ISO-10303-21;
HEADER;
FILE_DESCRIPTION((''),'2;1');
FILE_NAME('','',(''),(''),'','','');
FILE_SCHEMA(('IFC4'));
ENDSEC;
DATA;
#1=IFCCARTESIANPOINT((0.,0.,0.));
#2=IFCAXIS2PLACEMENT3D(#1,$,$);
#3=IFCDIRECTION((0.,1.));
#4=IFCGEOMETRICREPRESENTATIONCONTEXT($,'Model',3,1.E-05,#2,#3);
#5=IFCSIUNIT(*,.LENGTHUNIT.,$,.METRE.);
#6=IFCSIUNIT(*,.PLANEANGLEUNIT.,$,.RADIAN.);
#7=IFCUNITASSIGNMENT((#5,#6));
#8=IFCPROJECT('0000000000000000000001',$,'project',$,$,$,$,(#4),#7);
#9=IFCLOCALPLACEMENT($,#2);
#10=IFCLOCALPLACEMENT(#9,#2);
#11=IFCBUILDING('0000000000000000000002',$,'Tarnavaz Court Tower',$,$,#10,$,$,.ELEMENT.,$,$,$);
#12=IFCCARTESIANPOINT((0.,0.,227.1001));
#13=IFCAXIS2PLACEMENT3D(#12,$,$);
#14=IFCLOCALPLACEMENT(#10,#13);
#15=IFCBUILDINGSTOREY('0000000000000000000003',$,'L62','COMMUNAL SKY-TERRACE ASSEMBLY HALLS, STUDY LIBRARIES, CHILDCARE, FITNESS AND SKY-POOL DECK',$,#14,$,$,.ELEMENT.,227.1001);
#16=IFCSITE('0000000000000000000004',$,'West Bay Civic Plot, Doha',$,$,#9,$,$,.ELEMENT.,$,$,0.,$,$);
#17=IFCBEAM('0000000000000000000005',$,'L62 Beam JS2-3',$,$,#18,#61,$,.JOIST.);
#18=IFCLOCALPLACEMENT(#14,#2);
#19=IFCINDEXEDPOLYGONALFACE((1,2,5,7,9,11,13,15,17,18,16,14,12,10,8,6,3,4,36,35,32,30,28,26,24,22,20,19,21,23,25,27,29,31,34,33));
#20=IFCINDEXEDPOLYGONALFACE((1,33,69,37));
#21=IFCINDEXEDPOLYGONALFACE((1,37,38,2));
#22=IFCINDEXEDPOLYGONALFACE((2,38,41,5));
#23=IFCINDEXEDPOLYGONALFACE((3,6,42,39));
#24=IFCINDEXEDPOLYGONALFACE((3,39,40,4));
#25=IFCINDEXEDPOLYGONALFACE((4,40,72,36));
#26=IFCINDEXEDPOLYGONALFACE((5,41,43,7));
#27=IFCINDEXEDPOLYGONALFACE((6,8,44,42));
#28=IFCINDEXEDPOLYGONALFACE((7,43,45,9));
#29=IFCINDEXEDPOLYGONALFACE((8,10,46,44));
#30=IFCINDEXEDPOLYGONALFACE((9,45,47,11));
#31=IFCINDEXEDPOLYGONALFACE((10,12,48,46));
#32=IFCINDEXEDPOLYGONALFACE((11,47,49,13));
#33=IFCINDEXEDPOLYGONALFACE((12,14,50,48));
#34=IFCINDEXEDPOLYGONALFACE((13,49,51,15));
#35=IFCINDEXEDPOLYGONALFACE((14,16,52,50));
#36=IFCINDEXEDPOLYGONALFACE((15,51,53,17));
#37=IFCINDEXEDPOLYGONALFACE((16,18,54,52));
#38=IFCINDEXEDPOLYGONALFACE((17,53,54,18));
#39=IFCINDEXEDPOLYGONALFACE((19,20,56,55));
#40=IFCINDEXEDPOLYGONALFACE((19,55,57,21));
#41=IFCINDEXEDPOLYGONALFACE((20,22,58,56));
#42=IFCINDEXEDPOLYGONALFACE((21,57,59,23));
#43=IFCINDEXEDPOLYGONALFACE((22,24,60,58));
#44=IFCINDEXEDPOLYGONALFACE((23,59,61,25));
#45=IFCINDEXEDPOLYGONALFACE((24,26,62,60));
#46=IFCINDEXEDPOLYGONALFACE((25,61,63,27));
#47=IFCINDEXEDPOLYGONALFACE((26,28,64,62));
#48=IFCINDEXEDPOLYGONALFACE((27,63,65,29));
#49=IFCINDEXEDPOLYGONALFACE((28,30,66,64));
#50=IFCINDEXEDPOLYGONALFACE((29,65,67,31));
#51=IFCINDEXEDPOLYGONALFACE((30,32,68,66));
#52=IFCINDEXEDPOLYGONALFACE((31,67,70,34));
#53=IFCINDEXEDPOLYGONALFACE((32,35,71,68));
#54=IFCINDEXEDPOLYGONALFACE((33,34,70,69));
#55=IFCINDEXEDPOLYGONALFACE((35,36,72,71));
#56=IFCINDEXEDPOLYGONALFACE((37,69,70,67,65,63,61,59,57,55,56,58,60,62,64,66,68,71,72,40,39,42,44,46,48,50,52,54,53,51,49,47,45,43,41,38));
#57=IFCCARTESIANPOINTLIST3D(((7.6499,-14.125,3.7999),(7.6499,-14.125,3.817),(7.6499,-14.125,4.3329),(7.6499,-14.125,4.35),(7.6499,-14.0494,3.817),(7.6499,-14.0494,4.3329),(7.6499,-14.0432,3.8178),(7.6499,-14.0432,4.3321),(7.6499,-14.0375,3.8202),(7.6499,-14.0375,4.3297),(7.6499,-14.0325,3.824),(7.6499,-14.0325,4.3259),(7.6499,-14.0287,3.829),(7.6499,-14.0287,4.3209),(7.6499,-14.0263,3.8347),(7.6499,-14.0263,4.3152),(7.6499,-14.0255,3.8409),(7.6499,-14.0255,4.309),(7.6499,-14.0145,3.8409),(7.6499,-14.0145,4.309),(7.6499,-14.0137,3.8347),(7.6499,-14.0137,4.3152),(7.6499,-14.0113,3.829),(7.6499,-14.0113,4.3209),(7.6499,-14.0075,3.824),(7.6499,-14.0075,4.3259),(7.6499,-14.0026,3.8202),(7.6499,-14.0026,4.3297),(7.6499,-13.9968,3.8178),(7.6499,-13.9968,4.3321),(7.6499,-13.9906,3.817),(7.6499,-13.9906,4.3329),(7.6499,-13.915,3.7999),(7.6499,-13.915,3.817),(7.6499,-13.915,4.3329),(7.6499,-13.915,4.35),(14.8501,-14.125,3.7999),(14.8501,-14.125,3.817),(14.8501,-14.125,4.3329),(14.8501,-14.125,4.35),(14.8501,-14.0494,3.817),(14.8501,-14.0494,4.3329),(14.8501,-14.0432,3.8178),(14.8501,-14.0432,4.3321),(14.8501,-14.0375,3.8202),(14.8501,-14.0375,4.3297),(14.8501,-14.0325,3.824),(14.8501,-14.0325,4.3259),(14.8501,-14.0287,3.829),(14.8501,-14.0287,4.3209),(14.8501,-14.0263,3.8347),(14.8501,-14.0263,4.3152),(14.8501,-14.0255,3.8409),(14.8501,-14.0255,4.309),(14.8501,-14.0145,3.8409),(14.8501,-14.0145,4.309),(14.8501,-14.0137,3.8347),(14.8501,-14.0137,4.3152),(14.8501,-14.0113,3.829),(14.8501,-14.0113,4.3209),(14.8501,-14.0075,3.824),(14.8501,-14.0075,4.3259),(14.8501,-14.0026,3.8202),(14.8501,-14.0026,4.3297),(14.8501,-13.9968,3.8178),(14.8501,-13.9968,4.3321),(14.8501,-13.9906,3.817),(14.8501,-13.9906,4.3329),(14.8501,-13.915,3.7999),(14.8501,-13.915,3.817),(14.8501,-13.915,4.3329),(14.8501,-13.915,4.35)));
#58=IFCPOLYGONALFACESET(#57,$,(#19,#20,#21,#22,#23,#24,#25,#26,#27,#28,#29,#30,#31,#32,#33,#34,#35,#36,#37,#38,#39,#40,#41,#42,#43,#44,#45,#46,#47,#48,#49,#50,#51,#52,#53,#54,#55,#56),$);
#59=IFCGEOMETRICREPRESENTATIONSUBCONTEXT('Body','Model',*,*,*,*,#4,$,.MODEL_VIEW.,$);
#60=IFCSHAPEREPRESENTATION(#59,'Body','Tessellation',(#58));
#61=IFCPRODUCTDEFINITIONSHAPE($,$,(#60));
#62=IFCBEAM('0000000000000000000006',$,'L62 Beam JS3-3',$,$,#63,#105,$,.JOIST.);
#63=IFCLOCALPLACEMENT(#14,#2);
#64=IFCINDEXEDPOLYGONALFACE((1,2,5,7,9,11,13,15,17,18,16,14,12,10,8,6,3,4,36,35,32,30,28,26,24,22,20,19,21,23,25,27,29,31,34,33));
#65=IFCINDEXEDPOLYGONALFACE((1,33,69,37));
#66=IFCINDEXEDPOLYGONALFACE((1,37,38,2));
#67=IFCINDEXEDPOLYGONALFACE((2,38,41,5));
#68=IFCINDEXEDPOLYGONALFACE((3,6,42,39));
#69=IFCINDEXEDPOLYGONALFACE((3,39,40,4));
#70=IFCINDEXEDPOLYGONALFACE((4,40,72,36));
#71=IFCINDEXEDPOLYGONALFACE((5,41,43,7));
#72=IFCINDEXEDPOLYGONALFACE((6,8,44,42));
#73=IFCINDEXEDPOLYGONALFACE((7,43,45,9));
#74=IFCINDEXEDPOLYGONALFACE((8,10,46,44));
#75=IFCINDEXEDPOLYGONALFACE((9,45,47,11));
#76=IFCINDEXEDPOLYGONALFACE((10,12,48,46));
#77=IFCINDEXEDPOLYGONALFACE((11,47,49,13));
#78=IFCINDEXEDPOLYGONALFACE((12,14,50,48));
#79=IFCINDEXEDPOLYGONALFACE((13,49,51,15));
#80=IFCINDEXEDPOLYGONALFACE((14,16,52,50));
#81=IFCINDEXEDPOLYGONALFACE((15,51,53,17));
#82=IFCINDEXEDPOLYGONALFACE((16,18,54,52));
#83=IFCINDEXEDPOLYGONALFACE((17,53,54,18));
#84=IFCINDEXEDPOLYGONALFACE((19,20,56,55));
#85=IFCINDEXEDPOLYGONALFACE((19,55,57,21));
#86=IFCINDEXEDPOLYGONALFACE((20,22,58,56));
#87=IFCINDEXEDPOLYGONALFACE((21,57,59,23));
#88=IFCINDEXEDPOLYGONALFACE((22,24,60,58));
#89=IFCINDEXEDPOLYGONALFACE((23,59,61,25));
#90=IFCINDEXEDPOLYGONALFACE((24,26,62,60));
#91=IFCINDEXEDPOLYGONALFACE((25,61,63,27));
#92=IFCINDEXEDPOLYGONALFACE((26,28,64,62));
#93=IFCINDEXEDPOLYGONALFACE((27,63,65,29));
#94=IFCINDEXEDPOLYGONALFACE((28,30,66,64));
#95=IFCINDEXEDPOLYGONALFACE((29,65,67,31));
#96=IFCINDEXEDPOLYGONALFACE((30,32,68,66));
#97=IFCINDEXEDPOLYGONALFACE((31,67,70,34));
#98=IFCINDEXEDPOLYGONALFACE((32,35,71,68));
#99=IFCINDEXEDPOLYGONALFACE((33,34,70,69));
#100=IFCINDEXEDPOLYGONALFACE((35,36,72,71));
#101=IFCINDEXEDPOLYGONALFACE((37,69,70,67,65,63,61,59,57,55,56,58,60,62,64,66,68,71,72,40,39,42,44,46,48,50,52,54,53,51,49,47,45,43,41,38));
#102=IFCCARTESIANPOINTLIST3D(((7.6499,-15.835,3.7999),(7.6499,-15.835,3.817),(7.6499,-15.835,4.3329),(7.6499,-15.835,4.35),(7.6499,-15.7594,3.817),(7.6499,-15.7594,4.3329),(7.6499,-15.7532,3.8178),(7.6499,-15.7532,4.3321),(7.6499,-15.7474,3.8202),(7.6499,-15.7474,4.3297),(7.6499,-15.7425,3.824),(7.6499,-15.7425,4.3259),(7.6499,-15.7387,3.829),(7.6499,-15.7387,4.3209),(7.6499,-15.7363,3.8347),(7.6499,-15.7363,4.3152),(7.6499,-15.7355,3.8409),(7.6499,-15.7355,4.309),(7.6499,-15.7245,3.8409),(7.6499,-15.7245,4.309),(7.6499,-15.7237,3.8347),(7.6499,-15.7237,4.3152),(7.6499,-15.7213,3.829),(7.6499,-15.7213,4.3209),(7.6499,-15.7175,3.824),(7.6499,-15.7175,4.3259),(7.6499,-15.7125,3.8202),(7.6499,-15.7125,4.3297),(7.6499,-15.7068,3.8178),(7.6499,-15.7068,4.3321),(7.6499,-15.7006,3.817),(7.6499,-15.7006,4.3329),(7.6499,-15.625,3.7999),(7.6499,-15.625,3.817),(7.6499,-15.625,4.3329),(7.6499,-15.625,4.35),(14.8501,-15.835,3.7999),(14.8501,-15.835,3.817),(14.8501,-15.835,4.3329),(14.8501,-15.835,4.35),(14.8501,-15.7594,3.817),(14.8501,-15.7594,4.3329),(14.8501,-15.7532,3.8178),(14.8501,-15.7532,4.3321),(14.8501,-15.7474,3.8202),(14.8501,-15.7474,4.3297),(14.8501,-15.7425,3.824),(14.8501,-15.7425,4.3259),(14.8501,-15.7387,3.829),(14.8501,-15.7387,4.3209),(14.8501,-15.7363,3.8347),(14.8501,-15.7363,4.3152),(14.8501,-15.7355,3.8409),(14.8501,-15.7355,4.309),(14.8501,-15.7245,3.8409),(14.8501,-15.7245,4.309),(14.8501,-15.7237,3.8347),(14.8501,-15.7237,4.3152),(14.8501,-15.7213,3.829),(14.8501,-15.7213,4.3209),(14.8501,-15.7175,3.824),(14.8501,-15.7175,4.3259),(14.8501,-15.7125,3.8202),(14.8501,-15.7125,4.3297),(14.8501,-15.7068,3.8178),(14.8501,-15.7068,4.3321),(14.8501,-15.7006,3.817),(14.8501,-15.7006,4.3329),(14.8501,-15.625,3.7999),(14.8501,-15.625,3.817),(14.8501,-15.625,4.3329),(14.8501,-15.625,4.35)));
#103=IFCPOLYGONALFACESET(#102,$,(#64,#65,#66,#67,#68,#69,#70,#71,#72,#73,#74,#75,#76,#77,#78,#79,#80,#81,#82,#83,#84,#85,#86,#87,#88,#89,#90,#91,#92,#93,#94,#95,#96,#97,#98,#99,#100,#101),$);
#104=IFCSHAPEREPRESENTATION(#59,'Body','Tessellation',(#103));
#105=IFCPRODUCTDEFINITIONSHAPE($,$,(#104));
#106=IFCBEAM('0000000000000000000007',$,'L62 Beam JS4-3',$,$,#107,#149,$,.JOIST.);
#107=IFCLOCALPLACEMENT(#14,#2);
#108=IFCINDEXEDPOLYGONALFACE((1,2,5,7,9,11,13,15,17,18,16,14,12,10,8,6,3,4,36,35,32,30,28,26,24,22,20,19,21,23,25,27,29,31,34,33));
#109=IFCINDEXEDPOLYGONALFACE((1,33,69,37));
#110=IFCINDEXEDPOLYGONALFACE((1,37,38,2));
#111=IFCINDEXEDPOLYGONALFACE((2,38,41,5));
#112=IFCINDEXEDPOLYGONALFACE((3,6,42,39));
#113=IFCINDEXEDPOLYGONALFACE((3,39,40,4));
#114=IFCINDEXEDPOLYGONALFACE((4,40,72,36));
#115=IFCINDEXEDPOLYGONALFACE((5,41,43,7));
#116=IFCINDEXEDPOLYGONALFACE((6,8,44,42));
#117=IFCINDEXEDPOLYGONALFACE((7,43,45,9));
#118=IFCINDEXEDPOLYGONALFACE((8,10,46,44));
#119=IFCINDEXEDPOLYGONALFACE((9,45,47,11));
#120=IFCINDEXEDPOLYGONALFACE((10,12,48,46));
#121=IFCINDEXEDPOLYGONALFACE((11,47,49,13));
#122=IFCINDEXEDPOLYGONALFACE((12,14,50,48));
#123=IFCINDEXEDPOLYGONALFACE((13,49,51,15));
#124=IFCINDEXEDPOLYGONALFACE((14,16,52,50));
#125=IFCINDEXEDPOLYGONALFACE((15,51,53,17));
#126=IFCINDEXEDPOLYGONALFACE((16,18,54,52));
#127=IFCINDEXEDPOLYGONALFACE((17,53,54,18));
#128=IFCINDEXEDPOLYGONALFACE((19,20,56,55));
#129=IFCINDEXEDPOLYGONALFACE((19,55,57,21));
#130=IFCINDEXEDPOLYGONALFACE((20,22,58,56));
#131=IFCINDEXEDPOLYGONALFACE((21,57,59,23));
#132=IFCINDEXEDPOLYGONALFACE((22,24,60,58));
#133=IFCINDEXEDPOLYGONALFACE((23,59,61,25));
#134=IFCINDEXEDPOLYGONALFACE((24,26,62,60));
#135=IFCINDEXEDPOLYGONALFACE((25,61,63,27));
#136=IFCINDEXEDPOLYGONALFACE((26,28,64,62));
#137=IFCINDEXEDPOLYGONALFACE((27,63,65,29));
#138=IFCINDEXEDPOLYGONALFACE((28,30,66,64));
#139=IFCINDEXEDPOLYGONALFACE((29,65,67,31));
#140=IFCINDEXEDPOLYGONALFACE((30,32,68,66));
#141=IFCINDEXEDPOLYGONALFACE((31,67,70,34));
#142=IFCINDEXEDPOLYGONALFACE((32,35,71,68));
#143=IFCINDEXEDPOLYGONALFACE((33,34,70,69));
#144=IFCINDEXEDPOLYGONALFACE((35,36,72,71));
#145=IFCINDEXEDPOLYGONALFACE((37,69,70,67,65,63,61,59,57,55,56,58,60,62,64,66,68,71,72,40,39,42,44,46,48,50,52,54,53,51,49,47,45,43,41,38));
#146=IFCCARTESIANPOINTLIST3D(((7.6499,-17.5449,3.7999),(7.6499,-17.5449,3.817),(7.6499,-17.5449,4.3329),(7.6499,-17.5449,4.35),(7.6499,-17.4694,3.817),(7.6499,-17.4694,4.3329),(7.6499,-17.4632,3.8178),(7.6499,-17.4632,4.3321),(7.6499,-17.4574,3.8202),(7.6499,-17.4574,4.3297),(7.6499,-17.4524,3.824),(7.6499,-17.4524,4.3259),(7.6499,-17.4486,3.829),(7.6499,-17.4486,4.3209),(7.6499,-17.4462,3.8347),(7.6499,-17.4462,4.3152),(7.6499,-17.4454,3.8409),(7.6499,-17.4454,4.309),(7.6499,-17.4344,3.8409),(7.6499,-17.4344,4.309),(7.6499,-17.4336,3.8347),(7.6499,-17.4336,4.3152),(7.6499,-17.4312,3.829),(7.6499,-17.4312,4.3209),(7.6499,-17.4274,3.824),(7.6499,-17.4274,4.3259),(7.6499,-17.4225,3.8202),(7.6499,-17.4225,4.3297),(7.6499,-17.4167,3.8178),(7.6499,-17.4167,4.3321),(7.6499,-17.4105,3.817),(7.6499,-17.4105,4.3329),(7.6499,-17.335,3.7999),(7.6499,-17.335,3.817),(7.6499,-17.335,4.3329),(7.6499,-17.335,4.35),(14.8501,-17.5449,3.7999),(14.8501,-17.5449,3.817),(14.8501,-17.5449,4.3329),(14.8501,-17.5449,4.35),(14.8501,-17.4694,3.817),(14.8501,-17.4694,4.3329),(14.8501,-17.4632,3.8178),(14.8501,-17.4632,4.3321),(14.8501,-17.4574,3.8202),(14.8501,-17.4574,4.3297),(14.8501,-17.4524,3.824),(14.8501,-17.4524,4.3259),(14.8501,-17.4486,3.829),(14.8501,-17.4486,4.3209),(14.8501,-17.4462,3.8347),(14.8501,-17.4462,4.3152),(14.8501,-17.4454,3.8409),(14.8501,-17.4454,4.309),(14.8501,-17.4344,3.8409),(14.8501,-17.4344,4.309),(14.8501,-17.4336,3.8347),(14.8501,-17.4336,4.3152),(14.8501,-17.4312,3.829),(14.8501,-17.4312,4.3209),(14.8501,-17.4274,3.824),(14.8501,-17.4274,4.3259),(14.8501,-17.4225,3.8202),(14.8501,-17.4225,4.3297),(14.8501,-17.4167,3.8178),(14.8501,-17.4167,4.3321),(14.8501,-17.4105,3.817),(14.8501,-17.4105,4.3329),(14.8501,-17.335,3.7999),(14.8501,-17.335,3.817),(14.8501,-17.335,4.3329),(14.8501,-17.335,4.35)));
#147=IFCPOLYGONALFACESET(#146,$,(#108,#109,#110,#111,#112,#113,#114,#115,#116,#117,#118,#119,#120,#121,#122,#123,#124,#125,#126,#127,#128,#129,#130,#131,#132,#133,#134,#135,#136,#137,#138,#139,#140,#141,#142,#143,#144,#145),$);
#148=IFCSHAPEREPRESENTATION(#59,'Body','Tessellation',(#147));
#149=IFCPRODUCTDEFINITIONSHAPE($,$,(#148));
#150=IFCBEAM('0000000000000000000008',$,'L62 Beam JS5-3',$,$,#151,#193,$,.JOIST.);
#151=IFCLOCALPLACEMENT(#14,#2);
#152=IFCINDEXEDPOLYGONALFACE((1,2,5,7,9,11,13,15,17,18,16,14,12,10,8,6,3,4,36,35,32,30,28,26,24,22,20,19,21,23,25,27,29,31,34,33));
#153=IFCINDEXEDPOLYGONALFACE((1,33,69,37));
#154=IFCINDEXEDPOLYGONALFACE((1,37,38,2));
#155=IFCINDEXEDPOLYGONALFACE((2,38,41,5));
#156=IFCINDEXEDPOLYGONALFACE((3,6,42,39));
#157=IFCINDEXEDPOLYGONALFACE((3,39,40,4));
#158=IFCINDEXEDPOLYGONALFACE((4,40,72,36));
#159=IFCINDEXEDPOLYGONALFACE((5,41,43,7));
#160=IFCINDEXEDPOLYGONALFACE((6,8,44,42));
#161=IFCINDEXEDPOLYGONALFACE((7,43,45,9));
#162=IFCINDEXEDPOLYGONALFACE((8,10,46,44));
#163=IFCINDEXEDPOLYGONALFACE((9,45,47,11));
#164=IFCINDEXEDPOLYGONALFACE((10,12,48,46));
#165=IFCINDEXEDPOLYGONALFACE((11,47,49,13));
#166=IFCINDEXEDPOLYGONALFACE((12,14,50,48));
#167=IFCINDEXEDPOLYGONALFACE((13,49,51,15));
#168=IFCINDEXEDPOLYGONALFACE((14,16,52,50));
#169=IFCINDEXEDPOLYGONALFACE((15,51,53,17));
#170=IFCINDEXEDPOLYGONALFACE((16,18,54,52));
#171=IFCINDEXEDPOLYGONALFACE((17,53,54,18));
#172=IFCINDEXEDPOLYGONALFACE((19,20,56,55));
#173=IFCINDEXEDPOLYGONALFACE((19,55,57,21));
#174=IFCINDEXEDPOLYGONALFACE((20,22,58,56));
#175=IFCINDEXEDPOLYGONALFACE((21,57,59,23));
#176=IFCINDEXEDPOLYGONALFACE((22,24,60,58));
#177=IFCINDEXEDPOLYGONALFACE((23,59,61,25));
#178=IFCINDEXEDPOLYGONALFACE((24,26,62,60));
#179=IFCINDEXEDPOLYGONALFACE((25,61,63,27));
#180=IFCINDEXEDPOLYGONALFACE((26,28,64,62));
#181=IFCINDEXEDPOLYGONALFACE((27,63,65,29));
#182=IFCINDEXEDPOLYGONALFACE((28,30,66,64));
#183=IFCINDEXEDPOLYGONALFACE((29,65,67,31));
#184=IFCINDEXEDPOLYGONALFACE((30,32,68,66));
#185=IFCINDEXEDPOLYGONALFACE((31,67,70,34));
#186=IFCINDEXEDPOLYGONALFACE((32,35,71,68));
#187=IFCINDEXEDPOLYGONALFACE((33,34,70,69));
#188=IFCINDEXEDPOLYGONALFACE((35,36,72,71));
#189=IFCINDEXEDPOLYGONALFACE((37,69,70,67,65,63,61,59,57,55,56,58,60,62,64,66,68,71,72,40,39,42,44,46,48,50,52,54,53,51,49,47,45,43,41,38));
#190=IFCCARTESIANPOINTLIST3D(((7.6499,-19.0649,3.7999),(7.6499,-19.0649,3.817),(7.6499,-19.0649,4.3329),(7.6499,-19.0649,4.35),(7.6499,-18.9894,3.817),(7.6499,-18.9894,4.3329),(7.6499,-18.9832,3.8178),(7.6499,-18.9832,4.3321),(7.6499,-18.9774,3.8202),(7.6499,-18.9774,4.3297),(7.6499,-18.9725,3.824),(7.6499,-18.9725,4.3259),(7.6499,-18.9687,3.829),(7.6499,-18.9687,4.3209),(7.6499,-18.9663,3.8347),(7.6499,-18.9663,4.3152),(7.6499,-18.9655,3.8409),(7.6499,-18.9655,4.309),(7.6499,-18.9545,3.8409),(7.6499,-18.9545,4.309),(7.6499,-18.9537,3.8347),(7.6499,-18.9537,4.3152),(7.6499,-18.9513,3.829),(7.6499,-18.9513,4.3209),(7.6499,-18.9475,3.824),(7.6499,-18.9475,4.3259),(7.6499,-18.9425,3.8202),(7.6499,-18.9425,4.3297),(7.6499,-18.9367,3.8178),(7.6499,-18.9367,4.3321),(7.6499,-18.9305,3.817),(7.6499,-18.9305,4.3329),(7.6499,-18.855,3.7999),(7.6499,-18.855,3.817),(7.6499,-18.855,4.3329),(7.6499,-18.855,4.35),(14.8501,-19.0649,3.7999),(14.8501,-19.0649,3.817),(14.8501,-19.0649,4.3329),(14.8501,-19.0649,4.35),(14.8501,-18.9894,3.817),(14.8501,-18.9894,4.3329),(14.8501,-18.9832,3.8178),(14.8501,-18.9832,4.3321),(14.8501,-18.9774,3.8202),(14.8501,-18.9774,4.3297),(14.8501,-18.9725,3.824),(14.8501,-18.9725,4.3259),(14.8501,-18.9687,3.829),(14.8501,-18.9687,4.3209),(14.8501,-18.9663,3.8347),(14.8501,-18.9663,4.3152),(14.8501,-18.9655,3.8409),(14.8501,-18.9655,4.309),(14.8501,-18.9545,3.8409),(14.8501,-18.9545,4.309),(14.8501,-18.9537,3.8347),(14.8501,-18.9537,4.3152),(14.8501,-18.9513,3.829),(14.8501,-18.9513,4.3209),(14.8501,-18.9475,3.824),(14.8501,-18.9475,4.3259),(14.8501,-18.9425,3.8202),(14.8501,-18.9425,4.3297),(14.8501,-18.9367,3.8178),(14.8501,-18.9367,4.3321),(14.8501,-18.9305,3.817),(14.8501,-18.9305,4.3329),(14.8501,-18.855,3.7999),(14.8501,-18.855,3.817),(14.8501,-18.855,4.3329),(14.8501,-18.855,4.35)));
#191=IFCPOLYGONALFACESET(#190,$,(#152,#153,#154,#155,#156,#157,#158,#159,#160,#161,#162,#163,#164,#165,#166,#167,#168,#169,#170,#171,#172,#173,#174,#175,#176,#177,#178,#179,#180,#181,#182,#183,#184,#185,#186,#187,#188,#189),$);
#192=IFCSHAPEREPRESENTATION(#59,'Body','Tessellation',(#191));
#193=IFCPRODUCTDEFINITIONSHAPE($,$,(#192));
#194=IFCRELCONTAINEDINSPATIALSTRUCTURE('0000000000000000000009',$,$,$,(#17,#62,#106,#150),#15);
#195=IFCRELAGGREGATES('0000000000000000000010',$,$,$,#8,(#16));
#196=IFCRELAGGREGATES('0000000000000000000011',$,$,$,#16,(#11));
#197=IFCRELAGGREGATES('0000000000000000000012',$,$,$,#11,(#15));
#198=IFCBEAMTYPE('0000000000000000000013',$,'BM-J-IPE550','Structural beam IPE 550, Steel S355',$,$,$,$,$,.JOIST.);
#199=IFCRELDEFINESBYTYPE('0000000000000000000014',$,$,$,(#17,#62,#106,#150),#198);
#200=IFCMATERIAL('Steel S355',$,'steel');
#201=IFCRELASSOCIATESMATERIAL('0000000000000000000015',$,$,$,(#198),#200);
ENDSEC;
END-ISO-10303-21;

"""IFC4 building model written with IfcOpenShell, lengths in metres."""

from ifc_helpers import new_model, si_unit, direction, frame, origin, origin_2d, place, context, subcontext, project, spatial, i_section, extrude, material, material_profile, profile_set, type_object, element, save


model = new_model("IFC4")

# Units and contexts
model_context = context("Model", 3, precision=1e-05, world=origin(), true_north=direction((0.0, 1.0)))
body_context = subcontext(model_context, "Body", "Model", "MODEL_VIEW")
ifc_project = project(units=[si_unit("LENGTHUNIT", "METRE"), si_unit("PLANEANGLEUNIT", "RADIAN")], contexts=[model_context])

# Site, building, storey
site_placement = place(None, origin())
site = spatial("IfcSite", under=ifc_project, at=site_placement, Name="West Bay Civic Plot, Doha", CompositionType="ELEMENT", RefElevation=0.0)
building_placement = place(site_placement, origin())
building = spatial("IfcBuilding", under=site, at=building_placement, Name="Tarnavaz Court Tower", CompositionType="ELEMENT")
storey_placement = place(building_placement, frame((0.0, 0.0, 227.1001)))
storey = spatial("IfcBuildingStorey", under=building, at=storey_placement, Name="L62", Description="COMMUNAL SKY-TERRACE ASSEMBLY HALLS, STUDY LIBRARIES, CHILDCARE, FITNESS AND SKY-POOL DECK", CompositionType="ELEMENT", Elevation=227.1001)

# Beams
ifc_material_1 = material(Name="Steel S355", Category="steel")
ifc_material_profile_1 = material_profile(ifc_material_1, i_section(OverallWidth=0.21, OverallDepth=0.55, WebThickness=0.011, FlangeThickness=0.0171, FilletRadius=0.0239, at=origin_2d()), Name="IPE 550")
ifc_profile_set_1 = profile_set([ifc_material_profile_1], Name="Steel S355")
beam_type_1 = type_object("IfcBeamType", Name="BM-J-IPE550", Description="Structural beam IPE 550, Steel S355", PredefinedType="JOIST", material=ifc_profile_set_1)
for number, where, z_axis, x_axis, name in (
    (1, (7.6499, -14.02, 4.075), (1.0, 0.0, 0.0), (0.0, 1.0, 0.0), "L62 Beam JS2-3"),
    (2, (7.6499, -15.73, 4.075), (1.0, 0.0, 0.0), (0.0, 1.0, 0.0), "L62 Beam JS3-3"),
    (3, (7.6499, -17.4399, 4.075), (1.0, 0.0, 0.0), (0.0, 1.0, 0.0), "L62 Beam JS4-3"),
    (4, (7.6499, -18.96, 4.075), (1.0, 0.0, 0.0), (0.0, 1.0, 0.0), "L62 Beam JS5-3"),
):
    element("IfcBeam", number, at=place(storey_placement, frame(where, z_axis=z_axis, x_axis=x_axis)), inside=storey, type_object=beam_type_1, Name=name, PredefinedType="JOIST", context=body_context, shape_type="SweptSolid", body=[
        extrude(i_section(OverallWidth=0.21, OverallDepth=0.55, WebThickness=0.011, FlangeThickness=0.0171, FilletRadius=0.0239, at=origin_2d()), origin(), (0.0, 0.0, 1.0), 7.2002),
    ])

save(model, "model.ifc")
